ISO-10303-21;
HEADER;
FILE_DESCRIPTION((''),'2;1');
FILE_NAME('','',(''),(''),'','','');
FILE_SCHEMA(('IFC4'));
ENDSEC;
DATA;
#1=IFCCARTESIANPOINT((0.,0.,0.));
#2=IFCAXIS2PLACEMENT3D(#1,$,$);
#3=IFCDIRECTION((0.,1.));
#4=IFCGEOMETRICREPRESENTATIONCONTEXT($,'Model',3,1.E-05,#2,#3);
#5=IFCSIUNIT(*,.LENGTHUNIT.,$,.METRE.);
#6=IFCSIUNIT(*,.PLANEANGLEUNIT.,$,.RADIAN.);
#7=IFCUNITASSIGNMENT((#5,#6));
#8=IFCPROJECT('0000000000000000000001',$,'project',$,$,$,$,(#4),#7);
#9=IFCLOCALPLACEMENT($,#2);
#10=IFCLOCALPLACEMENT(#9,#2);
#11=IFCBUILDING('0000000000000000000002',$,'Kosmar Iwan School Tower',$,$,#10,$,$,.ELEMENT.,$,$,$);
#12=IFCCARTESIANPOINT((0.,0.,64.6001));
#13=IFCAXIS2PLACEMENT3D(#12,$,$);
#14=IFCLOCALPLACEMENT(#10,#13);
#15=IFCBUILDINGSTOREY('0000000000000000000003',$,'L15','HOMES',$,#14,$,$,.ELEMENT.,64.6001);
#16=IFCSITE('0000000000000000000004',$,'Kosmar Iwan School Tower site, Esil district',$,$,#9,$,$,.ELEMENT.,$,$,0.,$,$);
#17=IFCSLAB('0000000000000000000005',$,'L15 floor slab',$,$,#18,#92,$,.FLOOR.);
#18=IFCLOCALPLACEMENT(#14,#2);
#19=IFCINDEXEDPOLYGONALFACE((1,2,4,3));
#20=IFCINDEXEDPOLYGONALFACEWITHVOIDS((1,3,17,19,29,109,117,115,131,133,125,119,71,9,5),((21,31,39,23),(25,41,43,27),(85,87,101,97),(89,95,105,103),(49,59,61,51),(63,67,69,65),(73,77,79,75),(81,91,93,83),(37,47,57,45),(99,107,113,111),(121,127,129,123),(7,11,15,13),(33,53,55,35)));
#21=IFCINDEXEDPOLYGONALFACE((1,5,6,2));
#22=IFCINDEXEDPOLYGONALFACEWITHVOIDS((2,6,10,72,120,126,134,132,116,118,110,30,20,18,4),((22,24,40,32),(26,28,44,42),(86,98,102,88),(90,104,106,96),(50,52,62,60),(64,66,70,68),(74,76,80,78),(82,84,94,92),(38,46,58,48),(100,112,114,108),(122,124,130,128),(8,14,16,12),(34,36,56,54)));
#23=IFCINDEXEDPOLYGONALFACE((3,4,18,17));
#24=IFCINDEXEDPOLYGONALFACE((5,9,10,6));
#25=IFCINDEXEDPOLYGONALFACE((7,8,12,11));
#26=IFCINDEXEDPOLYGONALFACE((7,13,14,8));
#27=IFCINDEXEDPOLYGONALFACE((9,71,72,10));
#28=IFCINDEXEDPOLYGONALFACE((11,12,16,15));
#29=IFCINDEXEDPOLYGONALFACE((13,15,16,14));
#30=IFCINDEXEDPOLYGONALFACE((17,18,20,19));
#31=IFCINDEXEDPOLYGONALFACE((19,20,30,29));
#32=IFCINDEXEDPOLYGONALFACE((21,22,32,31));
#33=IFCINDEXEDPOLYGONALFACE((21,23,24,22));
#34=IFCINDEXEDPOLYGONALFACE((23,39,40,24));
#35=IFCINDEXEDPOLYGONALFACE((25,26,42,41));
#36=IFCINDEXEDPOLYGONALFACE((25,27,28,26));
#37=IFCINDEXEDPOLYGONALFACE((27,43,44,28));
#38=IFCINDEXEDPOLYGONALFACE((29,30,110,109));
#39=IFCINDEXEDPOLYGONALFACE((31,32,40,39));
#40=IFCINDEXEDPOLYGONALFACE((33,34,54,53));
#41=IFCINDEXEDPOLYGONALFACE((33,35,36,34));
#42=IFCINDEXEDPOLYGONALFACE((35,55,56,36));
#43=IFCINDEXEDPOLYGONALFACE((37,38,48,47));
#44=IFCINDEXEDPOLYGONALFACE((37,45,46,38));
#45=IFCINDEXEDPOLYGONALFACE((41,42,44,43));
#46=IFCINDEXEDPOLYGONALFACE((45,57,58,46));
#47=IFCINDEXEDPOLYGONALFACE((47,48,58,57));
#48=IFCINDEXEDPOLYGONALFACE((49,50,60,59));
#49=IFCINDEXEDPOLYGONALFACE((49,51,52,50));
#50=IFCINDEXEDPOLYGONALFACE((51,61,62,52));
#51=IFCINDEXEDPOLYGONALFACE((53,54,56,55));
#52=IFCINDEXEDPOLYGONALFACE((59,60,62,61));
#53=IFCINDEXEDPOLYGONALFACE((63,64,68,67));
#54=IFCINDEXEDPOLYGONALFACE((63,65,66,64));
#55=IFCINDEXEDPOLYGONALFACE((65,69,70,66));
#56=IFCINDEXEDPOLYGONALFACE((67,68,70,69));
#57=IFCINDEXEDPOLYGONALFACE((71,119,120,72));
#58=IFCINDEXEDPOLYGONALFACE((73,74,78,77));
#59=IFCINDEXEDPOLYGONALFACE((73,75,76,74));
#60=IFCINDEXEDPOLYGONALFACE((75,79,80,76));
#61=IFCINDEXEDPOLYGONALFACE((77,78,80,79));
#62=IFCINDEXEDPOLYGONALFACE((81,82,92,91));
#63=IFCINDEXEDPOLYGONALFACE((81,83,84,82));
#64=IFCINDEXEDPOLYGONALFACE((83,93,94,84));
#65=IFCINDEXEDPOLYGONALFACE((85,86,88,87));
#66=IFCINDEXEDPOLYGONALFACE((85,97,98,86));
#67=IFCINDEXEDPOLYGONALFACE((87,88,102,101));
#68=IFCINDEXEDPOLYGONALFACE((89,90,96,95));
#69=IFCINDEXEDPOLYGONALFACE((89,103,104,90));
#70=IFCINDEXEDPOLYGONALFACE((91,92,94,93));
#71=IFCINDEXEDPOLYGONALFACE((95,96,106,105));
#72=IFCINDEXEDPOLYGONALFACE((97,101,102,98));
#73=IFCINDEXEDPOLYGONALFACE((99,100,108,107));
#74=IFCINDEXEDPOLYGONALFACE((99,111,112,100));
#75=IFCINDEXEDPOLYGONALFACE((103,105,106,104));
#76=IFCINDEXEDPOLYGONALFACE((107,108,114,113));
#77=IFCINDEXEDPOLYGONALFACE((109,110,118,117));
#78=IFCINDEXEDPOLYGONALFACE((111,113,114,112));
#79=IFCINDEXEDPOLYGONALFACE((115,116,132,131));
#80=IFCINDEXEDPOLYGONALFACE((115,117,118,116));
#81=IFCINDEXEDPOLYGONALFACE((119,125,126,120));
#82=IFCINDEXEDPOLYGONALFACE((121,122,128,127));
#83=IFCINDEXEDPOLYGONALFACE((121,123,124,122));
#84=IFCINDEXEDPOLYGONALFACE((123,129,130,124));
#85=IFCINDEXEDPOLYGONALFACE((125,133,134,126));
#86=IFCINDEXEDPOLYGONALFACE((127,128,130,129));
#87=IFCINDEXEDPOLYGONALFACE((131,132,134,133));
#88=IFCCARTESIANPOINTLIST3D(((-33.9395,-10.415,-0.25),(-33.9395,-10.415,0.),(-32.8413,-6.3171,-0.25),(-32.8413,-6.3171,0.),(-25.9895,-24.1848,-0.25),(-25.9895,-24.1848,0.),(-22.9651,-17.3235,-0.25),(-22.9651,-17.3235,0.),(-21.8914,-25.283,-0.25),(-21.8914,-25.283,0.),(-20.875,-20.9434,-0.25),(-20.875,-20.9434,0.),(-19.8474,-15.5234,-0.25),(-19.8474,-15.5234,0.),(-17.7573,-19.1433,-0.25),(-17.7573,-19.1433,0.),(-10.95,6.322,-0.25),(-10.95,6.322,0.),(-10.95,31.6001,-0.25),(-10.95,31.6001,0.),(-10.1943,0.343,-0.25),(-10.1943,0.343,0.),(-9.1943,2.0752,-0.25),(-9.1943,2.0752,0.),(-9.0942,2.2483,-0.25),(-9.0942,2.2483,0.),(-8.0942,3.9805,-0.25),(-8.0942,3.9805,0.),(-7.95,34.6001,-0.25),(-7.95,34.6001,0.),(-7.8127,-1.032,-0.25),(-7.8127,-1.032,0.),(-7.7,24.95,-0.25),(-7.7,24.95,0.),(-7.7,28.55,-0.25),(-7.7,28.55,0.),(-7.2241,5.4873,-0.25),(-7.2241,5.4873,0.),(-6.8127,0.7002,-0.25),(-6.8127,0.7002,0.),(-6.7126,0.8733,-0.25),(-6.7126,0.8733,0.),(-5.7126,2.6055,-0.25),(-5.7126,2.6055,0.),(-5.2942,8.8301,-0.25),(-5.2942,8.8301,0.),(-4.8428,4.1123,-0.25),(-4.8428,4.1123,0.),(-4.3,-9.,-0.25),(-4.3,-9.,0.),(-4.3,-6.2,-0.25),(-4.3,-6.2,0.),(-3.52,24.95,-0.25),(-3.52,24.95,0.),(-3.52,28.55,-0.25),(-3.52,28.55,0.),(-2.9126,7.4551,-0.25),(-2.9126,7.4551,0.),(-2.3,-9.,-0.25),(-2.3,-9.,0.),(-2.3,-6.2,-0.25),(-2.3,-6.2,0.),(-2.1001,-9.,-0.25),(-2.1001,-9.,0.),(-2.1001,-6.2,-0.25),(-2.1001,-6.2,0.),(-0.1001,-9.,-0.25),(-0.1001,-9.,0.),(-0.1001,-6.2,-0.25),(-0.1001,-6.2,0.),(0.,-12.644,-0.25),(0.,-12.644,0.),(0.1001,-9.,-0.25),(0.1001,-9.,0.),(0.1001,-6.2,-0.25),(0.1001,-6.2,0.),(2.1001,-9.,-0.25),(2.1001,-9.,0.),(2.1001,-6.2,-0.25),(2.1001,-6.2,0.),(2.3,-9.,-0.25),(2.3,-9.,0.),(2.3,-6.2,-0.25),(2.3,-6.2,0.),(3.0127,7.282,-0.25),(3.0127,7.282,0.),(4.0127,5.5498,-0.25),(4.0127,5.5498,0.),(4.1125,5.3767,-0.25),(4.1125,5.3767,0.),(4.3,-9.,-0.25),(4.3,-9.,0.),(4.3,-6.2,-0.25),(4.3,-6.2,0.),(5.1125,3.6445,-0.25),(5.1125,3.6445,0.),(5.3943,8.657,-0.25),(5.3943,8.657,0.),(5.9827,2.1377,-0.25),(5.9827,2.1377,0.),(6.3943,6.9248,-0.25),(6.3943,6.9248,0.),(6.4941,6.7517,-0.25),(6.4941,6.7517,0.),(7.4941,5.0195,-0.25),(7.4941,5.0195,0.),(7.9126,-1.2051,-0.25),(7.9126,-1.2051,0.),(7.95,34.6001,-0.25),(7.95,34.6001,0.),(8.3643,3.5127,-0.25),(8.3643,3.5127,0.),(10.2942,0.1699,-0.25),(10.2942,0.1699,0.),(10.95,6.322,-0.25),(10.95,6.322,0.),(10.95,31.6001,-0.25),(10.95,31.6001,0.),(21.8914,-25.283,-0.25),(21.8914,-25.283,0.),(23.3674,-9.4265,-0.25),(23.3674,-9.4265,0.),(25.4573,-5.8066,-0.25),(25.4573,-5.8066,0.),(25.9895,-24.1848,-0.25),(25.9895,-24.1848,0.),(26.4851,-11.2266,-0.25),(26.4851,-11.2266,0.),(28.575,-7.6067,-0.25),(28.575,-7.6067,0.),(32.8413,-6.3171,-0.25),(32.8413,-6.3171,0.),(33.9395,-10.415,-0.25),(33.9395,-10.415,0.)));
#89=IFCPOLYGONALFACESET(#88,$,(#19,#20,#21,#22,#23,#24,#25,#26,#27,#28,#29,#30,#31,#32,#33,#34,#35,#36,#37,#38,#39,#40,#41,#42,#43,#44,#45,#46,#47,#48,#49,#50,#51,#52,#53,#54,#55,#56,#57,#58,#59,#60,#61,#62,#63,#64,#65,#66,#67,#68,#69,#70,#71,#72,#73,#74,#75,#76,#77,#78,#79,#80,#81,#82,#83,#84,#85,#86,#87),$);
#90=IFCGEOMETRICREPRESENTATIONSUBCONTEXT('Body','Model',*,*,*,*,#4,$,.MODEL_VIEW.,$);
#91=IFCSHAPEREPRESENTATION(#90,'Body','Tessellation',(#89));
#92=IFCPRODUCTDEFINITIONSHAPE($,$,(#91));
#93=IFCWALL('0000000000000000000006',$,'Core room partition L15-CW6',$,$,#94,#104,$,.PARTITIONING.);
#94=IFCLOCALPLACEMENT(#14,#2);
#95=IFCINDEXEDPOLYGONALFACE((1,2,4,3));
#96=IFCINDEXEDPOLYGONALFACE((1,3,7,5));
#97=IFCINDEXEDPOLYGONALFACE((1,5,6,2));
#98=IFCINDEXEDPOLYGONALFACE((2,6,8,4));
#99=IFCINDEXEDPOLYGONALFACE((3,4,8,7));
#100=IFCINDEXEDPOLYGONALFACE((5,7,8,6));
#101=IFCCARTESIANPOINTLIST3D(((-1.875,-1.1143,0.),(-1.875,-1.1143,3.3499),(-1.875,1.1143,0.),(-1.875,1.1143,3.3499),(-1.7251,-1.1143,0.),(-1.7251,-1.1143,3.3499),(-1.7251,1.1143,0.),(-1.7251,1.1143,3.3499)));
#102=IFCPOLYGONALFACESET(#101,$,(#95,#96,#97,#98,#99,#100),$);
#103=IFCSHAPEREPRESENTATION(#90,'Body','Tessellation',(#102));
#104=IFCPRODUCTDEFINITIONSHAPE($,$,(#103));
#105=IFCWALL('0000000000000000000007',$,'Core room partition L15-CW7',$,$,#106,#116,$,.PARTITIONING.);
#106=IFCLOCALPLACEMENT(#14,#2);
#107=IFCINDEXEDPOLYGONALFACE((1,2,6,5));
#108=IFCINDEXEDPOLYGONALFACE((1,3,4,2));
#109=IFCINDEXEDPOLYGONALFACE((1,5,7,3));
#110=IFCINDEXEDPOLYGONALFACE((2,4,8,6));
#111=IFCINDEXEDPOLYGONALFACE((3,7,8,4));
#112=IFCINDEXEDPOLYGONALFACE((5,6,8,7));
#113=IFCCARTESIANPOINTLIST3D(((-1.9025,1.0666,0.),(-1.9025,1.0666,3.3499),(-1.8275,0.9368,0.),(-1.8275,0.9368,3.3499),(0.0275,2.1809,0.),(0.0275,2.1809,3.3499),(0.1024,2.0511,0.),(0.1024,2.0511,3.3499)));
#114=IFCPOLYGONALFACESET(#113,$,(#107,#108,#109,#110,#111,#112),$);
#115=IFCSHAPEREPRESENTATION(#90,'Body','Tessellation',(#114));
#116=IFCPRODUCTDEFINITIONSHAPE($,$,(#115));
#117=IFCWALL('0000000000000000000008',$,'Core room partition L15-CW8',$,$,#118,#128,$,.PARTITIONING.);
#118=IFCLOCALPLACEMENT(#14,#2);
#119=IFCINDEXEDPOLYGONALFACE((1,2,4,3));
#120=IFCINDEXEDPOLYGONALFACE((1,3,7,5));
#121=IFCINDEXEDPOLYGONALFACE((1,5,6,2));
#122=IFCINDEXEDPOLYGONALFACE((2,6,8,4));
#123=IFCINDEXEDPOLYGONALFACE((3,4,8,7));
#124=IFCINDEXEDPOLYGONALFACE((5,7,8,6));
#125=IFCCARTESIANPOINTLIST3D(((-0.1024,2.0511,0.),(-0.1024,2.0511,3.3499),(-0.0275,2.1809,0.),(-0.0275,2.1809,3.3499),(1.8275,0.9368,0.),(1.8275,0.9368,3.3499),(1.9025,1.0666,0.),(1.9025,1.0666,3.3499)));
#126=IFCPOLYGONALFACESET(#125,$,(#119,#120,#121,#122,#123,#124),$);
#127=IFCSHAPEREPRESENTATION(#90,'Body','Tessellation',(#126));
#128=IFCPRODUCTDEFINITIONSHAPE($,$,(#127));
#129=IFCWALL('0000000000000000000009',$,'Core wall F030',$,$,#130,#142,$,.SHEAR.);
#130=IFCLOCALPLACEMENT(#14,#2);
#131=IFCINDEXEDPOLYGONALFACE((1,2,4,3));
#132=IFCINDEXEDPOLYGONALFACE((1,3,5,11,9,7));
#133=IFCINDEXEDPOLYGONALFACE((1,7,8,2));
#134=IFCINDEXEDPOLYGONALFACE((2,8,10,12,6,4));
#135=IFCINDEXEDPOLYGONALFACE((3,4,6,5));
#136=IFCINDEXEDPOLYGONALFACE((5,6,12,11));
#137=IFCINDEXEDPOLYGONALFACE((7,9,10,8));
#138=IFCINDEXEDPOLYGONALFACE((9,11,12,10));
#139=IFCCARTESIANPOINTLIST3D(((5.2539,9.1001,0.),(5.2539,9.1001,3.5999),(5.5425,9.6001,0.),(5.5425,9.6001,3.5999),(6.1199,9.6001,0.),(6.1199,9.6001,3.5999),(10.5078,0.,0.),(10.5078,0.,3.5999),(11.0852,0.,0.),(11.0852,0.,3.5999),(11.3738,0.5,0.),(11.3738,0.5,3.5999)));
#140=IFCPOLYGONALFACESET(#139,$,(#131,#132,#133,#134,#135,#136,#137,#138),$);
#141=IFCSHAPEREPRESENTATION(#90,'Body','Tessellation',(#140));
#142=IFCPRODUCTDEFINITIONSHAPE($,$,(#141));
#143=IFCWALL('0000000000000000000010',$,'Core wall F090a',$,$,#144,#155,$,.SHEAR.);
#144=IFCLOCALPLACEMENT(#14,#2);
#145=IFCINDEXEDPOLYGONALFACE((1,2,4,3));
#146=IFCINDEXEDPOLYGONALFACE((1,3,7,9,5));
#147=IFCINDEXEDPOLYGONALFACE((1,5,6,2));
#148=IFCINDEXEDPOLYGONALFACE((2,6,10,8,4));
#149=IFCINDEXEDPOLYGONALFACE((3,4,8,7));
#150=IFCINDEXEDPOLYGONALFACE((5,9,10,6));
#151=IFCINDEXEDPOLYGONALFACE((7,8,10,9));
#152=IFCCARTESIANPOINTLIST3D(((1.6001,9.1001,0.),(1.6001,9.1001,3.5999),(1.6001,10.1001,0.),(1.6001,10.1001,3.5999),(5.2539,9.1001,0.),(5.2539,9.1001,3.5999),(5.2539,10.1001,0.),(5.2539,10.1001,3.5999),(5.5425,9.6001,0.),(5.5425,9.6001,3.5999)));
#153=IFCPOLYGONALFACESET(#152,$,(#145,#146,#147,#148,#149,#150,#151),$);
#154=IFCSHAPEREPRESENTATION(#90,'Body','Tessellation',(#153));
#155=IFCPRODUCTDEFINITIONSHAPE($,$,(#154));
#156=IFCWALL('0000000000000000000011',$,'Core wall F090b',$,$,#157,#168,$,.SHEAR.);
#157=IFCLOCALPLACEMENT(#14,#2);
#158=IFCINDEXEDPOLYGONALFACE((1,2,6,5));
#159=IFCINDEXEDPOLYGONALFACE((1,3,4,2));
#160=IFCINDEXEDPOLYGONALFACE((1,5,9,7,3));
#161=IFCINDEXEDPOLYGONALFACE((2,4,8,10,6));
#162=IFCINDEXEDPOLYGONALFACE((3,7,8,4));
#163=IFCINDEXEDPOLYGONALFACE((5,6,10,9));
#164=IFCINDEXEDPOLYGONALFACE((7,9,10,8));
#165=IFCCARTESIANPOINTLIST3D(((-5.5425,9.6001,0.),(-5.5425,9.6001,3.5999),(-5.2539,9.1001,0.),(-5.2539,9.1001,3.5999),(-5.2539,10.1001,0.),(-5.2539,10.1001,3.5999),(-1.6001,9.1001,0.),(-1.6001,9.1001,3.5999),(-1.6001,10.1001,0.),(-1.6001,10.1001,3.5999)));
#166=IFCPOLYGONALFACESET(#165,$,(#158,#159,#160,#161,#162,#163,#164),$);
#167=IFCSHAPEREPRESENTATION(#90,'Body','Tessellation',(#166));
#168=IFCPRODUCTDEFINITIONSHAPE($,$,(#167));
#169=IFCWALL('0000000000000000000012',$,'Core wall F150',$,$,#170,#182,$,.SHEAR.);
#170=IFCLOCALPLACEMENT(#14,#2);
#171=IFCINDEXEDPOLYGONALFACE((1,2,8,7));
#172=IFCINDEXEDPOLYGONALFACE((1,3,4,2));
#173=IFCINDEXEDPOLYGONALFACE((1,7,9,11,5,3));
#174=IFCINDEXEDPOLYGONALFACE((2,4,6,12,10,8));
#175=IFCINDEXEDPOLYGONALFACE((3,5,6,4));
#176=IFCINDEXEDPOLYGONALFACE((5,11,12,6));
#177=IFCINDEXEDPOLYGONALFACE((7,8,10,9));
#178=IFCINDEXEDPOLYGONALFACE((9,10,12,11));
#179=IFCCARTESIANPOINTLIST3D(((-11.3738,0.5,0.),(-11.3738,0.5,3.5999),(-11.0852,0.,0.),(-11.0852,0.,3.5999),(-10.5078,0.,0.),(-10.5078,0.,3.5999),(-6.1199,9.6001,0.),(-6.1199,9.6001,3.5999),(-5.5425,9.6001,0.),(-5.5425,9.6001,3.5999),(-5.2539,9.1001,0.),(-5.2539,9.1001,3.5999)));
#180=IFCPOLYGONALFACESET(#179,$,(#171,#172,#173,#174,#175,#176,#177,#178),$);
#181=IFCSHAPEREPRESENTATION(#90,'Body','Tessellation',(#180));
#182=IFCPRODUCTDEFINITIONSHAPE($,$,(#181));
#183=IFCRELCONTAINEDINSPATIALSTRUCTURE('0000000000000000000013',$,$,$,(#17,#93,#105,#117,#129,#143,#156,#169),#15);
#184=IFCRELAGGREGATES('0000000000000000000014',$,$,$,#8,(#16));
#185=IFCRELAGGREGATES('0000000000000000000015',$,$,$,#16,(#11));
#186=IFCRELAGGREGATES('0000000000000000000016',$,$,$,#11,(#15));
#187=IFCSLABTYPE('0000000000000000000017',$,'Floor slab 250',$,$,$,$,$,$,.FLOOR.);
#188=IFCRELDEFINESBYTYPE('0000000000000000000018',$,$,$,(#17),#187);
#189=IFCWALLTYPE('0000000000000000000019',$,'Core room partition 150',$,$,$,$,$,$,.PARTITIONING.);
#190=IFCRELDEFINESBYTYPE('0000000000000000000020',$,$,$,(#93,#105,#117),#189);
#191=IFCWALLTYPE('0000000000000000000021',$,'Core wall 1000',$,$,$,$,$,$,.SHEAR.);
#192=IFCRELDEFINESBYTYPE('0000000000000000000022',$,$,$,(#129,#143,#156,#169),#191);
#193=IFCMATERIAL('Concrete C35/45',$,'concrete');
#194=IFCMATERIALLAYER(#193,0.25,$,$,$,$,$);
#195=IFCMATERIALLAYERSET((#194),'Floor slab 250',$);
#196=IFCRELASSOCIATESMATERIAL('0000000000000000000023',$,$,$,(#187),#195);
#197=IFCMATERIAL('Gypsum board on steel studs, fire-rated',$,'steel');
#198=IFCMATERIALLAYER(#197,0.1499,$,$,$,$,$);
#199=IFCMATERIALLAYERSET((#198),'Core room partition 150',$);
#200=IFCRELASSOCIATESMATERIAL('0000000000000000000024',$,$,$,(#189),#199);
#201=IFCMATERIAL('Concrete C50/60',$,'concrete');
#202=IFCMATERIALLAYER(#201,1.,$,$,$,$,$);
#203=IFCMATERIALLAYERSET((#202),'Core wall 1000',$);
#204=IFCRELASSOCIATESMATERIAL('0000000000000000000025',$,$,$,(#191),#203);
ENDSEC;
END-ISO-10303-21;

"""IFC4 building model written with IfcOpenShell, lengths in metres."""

from ifc_helpers import new_model, si_unit, direction, frame, frame_2d, origin, place, context, subcontext, project, spatial, polyline, rectangle, outline, extrude, material, layer, layer_set, type_object, element, save


model = new_model("IFC4")

# Units and contexts
model_context = context("Model", 3, precision=1e-05, world=origin(), true_north=direction((0.0, 1.0)))
body_context = subcontext(model_context, "Body", "Model", "MODEL_VIEW")
ifc_project = project(units=[si_unit("LENGTHUNIT", "METRE"), si_unit("PLANEANGLEUNIT", "RADIAN")], contexts=[model_context])

# Site, building, storey
site_placement = place(None, origin())
site = spatial("IfcSite", under=ifc_project, at=site_placement, Name="Kosmar Iwan School Tower site, Esil district", CompositionType="ELEMENT", RefElevation=0.0)
building_placement = place(site_placement, origin())
building = spatial("IfcBuilding", under=site, at=building_placement, Name="Kosmar Iwan School Tower", CompositionType="ELEMENT")
storey_placement = place(building_placement, frame((0.0, 0.0, 64.6001)))
storey = spatial("IfcBuildingStorey", under=building, at=storey_placement, Name="L15", Description="HOMES", CompositionType="ELEMENT", Elevation=64.6001)

# Slab
ifc_material_1 = material(Name="Concrete C35/45", Category="concrete")
ifc_layer_1 = layer(ifc_material_1, 0.25)
ifc_layer_set_1 = layer_set([ifc_layer_1], Name="Floor slab 250")
slab_type = type_object("IfcSlabType", Name="Floor slab 250", PredefinedType="FLOOR", material=ifc_layer_set_1)
slab_placement = place(storey_placement, frame((0.0, 0.0, -0.25)))
element("IfcSlab", 1, at=slab_placement, inside=storey, type_object=slab_type, Name="L15 floor slab", PredefinedType="FLOOR", context=body_context, shape_type="SweptSolid", body=[
    extrude(outline(polyline([(-21.8914, -25.283), (0.0, -12.644), (21.8914, -25.283), (25.9895, -24.1848), (33.9395, -10.415), (32.8413, -6.3171), (10.95, 6.322), (10.95, 31.6001), (7.95, 34.6001), (-7.95, 34.6001), (-10.95, 31.6001), (-10.95, 6.322), (-32.8413, -6.3171), (-33.9395, -10.415), (-25.9895, -24.1848), (-21.8914, -25.283)]), holes=[polyline([(7.9126, -1.2051), (10.2942, 0.1699), (8.3643, 3.5127), (5.9827, 2.1377), (7.9126, -1.2051)]), polyline([(-2.9126, 7.4551), (-5.2942, 8.8301), (-7.2241, 5.4873), (-4.8428, 4.1123), (-2.9126, 7.4551)]), polyline([(-5.7126, 2.6055), (-8.0942, 3.9805), (-9.0942, 2.2483), (-6.7126, 0.8733), (-5.7126, 2.6055)]), polyline([(-6.8127, 0.7002), (-9.1943, 2.0752), (-10.1943, 0.343), (-7.8127, -1.032), (-6.8127, 0.7002)]), polyline([(5.1125, 3.6445), (7.4941, 5.0195), (6.4941, 6.7517), (4.1125, 5.3767), (5.1125, 3.6445)]), polyline([(4.0127, 5.5498), (6.3943, 6.9248), (5.3943, 8.657), (3.0127, 7.282), (4.0127, 5.5498)]), polyline([(-4.3, -6.2), (-4.3, -9.0), (-2.3, -9.0), (-2.3, -6.2), (-4.3, -6.2)]), polyline([(-2.1001, -6.2), (-2.1001, -9.0), (-0.1001, -9.0), (-0.1001, -6.2), (-2.1001, -6.2)]), polyline([(0.1001, -6.2), (0.1001, -9.0), (2.1001, -9.0), (2.1001, -6.2), (0.1001, -6.2)]), polyline([(2.3, -6.2), (2.3, -9.0), (4.3, -9.0), (4.3, -6.2), (2.3, -6.2)]), polyline([(-3.52, 24.95), (-3.52, 28.55), (-7.7, 28.55), (-7.7, 24.95), (-3.52, 24.95)]), polyline([(-19.8474, -15.5234), (-22.9651, -17.3235), (-20.875, -20.9434), (-17.7573, -19.1433), (-19.8474, -15.5234)]), polyline([(23.3674, -9.4265), (26.4851, -11.2266), (28.575, -7.6067), (25.4573, -5.8066), (23.3674, -9.4265)])]), origin(), (0.0, 0.0, 1.0), 0.25),
])

# Walls
ifc_material_2 = material(Name="Gypsum board on steel studs, fire-rated", Category="steel")
ifc_layer_2 = layer(ifc_material_2, 0.1499)
ifc_layer_set_2 = layer_set([ifc_layer_2], Name="Core room partition 150")
wall_type_1 = type_object("IfcWallType", Name="Core room partition 150", PredefinedType="PARTITIONING", material=ifc_layer_set_2)
for number, where, z_axis, x_axis, name in (
    (2, (-1.8, -1.1143, 0.0), (0.0, 0.0, 1.0), (0.0, 1.0, 0.0), "Core room partition L15-CW6"),
    (3, (-1.865, 1.0017, 0.0), (0.0, 0.0, 1.0), (0.866023, 0.500004, 0.0), "Core room partition L15-CW7"),
    (4, (-0.0649, 2.116, 0.0), (0.0, 0.0, 1.0), (0.866023, -0.500004, 0.0), "Core room partition L15-CW8"),
):
    element("IfcWall", number, at=place(storey_placement, frame(where, z_axis=z_axis, x_axis=x_axis)), inside=storey, type_object=wall_type_1, Name=name, PredefinedType="PARTITIONING", context=body_context, shape_type="SweptSolid", body=[
        extrude(rectangle(XDim=2.2285, YDim=0.1499, at=frame_2d((1.1143, 0.0))), origin(), (0.0, 0.0, 1.0), 3.3499),
    ])
ifc_material_3 = material(Name="Concrete C50/60", Category="concrete")
ifc_layer_3 = layer(ifc_material_3, 1.0)
ifc_layer_set_3 = layer_set([ifc_layer_3], Name="Core wall 1000")
wall_type_2 = type_object("IfcWallType", Name="Core wall 1000", PredefinedType="SHEAR", material=ifc_layer_set_3)
wall_1_placement = place(storey_placement, origin())
element("IfcWall", 5, at=wall_1_placement, inside=storey, type_object=wall_type_2, Name="Core wall F030", PredefinedType="SHEAR", context=body_context, shape_type="SweptSolid", body=[
    extrude(outline(polyline([(10.5078, 0.0), (11.0852, 0.0), (11.3738, 0.5), (6.1199, 9.6001), (5.5425, 9.6001), (5.2539, 9.1001), (10.5078, 0.0)])), origin(), (0.0, 0.0, 1.0), 3.5999),
])
wall_2_placement = place(storey_placement, origin())
element("IfcWall", 6, at=wall_2_placement, inside=storey, type_object=wall_type_2, Name="Core wall F090a", PredefinedType="SHEAR", context=body_context, shape_type="SweptSolid", body=[
    extrude(outline(polyline([(1.6001, 9.1001), (5.2539, 9.1001), (5.5425, 9.6001), (5.2539, 10.1001), (1.6001, 10.1001), (1.6001, 9.1001)])), origin(), (0.0, 0.0, 1.0), 3.5999),
])
wall_3_placement = place(storey_placement, origin())
element("IfcWall", 7, at=wall_3_placement, inside=storey, type_object=wall_type_2, Name="Core wall F090b", PredefinedType="SHEAR", context=body_context, shape_type="SweptSolid", body=[
    extrude(outline(polyline([(-5.2539, 9.1001), (-1.6001, 9.1001), (-1.6001, 10.1001), (-5.2539, 10.1001), (-5.5425, 9.6001), (-5.2539, 9.1001)])), origin(), (0.0, 0.0, 1.0), 3.5999),
])
wall_4_placement = place(storey_placement, origin())
element("IfcWall", 8, at=wall_4_placement, inside=storey, type_object=wall_type_2, Name="Core wall F150", PredefinedType="SHEAR", context=body_context, shape_type="SweptSolid", body=[
    extrude(outline(polyline([(-11.0852, 0.0), (-10.5078, 0.0), (-5.2539, 9.1001), (-5.5425, 9.6001), (-6.1199, 9.6001), (-11.3738, 0.5), (-11.0852, 0.0)])), origin(), (0.0, 0.0, 1.0), 3.5999),
])

save(model, "model.ifc")
